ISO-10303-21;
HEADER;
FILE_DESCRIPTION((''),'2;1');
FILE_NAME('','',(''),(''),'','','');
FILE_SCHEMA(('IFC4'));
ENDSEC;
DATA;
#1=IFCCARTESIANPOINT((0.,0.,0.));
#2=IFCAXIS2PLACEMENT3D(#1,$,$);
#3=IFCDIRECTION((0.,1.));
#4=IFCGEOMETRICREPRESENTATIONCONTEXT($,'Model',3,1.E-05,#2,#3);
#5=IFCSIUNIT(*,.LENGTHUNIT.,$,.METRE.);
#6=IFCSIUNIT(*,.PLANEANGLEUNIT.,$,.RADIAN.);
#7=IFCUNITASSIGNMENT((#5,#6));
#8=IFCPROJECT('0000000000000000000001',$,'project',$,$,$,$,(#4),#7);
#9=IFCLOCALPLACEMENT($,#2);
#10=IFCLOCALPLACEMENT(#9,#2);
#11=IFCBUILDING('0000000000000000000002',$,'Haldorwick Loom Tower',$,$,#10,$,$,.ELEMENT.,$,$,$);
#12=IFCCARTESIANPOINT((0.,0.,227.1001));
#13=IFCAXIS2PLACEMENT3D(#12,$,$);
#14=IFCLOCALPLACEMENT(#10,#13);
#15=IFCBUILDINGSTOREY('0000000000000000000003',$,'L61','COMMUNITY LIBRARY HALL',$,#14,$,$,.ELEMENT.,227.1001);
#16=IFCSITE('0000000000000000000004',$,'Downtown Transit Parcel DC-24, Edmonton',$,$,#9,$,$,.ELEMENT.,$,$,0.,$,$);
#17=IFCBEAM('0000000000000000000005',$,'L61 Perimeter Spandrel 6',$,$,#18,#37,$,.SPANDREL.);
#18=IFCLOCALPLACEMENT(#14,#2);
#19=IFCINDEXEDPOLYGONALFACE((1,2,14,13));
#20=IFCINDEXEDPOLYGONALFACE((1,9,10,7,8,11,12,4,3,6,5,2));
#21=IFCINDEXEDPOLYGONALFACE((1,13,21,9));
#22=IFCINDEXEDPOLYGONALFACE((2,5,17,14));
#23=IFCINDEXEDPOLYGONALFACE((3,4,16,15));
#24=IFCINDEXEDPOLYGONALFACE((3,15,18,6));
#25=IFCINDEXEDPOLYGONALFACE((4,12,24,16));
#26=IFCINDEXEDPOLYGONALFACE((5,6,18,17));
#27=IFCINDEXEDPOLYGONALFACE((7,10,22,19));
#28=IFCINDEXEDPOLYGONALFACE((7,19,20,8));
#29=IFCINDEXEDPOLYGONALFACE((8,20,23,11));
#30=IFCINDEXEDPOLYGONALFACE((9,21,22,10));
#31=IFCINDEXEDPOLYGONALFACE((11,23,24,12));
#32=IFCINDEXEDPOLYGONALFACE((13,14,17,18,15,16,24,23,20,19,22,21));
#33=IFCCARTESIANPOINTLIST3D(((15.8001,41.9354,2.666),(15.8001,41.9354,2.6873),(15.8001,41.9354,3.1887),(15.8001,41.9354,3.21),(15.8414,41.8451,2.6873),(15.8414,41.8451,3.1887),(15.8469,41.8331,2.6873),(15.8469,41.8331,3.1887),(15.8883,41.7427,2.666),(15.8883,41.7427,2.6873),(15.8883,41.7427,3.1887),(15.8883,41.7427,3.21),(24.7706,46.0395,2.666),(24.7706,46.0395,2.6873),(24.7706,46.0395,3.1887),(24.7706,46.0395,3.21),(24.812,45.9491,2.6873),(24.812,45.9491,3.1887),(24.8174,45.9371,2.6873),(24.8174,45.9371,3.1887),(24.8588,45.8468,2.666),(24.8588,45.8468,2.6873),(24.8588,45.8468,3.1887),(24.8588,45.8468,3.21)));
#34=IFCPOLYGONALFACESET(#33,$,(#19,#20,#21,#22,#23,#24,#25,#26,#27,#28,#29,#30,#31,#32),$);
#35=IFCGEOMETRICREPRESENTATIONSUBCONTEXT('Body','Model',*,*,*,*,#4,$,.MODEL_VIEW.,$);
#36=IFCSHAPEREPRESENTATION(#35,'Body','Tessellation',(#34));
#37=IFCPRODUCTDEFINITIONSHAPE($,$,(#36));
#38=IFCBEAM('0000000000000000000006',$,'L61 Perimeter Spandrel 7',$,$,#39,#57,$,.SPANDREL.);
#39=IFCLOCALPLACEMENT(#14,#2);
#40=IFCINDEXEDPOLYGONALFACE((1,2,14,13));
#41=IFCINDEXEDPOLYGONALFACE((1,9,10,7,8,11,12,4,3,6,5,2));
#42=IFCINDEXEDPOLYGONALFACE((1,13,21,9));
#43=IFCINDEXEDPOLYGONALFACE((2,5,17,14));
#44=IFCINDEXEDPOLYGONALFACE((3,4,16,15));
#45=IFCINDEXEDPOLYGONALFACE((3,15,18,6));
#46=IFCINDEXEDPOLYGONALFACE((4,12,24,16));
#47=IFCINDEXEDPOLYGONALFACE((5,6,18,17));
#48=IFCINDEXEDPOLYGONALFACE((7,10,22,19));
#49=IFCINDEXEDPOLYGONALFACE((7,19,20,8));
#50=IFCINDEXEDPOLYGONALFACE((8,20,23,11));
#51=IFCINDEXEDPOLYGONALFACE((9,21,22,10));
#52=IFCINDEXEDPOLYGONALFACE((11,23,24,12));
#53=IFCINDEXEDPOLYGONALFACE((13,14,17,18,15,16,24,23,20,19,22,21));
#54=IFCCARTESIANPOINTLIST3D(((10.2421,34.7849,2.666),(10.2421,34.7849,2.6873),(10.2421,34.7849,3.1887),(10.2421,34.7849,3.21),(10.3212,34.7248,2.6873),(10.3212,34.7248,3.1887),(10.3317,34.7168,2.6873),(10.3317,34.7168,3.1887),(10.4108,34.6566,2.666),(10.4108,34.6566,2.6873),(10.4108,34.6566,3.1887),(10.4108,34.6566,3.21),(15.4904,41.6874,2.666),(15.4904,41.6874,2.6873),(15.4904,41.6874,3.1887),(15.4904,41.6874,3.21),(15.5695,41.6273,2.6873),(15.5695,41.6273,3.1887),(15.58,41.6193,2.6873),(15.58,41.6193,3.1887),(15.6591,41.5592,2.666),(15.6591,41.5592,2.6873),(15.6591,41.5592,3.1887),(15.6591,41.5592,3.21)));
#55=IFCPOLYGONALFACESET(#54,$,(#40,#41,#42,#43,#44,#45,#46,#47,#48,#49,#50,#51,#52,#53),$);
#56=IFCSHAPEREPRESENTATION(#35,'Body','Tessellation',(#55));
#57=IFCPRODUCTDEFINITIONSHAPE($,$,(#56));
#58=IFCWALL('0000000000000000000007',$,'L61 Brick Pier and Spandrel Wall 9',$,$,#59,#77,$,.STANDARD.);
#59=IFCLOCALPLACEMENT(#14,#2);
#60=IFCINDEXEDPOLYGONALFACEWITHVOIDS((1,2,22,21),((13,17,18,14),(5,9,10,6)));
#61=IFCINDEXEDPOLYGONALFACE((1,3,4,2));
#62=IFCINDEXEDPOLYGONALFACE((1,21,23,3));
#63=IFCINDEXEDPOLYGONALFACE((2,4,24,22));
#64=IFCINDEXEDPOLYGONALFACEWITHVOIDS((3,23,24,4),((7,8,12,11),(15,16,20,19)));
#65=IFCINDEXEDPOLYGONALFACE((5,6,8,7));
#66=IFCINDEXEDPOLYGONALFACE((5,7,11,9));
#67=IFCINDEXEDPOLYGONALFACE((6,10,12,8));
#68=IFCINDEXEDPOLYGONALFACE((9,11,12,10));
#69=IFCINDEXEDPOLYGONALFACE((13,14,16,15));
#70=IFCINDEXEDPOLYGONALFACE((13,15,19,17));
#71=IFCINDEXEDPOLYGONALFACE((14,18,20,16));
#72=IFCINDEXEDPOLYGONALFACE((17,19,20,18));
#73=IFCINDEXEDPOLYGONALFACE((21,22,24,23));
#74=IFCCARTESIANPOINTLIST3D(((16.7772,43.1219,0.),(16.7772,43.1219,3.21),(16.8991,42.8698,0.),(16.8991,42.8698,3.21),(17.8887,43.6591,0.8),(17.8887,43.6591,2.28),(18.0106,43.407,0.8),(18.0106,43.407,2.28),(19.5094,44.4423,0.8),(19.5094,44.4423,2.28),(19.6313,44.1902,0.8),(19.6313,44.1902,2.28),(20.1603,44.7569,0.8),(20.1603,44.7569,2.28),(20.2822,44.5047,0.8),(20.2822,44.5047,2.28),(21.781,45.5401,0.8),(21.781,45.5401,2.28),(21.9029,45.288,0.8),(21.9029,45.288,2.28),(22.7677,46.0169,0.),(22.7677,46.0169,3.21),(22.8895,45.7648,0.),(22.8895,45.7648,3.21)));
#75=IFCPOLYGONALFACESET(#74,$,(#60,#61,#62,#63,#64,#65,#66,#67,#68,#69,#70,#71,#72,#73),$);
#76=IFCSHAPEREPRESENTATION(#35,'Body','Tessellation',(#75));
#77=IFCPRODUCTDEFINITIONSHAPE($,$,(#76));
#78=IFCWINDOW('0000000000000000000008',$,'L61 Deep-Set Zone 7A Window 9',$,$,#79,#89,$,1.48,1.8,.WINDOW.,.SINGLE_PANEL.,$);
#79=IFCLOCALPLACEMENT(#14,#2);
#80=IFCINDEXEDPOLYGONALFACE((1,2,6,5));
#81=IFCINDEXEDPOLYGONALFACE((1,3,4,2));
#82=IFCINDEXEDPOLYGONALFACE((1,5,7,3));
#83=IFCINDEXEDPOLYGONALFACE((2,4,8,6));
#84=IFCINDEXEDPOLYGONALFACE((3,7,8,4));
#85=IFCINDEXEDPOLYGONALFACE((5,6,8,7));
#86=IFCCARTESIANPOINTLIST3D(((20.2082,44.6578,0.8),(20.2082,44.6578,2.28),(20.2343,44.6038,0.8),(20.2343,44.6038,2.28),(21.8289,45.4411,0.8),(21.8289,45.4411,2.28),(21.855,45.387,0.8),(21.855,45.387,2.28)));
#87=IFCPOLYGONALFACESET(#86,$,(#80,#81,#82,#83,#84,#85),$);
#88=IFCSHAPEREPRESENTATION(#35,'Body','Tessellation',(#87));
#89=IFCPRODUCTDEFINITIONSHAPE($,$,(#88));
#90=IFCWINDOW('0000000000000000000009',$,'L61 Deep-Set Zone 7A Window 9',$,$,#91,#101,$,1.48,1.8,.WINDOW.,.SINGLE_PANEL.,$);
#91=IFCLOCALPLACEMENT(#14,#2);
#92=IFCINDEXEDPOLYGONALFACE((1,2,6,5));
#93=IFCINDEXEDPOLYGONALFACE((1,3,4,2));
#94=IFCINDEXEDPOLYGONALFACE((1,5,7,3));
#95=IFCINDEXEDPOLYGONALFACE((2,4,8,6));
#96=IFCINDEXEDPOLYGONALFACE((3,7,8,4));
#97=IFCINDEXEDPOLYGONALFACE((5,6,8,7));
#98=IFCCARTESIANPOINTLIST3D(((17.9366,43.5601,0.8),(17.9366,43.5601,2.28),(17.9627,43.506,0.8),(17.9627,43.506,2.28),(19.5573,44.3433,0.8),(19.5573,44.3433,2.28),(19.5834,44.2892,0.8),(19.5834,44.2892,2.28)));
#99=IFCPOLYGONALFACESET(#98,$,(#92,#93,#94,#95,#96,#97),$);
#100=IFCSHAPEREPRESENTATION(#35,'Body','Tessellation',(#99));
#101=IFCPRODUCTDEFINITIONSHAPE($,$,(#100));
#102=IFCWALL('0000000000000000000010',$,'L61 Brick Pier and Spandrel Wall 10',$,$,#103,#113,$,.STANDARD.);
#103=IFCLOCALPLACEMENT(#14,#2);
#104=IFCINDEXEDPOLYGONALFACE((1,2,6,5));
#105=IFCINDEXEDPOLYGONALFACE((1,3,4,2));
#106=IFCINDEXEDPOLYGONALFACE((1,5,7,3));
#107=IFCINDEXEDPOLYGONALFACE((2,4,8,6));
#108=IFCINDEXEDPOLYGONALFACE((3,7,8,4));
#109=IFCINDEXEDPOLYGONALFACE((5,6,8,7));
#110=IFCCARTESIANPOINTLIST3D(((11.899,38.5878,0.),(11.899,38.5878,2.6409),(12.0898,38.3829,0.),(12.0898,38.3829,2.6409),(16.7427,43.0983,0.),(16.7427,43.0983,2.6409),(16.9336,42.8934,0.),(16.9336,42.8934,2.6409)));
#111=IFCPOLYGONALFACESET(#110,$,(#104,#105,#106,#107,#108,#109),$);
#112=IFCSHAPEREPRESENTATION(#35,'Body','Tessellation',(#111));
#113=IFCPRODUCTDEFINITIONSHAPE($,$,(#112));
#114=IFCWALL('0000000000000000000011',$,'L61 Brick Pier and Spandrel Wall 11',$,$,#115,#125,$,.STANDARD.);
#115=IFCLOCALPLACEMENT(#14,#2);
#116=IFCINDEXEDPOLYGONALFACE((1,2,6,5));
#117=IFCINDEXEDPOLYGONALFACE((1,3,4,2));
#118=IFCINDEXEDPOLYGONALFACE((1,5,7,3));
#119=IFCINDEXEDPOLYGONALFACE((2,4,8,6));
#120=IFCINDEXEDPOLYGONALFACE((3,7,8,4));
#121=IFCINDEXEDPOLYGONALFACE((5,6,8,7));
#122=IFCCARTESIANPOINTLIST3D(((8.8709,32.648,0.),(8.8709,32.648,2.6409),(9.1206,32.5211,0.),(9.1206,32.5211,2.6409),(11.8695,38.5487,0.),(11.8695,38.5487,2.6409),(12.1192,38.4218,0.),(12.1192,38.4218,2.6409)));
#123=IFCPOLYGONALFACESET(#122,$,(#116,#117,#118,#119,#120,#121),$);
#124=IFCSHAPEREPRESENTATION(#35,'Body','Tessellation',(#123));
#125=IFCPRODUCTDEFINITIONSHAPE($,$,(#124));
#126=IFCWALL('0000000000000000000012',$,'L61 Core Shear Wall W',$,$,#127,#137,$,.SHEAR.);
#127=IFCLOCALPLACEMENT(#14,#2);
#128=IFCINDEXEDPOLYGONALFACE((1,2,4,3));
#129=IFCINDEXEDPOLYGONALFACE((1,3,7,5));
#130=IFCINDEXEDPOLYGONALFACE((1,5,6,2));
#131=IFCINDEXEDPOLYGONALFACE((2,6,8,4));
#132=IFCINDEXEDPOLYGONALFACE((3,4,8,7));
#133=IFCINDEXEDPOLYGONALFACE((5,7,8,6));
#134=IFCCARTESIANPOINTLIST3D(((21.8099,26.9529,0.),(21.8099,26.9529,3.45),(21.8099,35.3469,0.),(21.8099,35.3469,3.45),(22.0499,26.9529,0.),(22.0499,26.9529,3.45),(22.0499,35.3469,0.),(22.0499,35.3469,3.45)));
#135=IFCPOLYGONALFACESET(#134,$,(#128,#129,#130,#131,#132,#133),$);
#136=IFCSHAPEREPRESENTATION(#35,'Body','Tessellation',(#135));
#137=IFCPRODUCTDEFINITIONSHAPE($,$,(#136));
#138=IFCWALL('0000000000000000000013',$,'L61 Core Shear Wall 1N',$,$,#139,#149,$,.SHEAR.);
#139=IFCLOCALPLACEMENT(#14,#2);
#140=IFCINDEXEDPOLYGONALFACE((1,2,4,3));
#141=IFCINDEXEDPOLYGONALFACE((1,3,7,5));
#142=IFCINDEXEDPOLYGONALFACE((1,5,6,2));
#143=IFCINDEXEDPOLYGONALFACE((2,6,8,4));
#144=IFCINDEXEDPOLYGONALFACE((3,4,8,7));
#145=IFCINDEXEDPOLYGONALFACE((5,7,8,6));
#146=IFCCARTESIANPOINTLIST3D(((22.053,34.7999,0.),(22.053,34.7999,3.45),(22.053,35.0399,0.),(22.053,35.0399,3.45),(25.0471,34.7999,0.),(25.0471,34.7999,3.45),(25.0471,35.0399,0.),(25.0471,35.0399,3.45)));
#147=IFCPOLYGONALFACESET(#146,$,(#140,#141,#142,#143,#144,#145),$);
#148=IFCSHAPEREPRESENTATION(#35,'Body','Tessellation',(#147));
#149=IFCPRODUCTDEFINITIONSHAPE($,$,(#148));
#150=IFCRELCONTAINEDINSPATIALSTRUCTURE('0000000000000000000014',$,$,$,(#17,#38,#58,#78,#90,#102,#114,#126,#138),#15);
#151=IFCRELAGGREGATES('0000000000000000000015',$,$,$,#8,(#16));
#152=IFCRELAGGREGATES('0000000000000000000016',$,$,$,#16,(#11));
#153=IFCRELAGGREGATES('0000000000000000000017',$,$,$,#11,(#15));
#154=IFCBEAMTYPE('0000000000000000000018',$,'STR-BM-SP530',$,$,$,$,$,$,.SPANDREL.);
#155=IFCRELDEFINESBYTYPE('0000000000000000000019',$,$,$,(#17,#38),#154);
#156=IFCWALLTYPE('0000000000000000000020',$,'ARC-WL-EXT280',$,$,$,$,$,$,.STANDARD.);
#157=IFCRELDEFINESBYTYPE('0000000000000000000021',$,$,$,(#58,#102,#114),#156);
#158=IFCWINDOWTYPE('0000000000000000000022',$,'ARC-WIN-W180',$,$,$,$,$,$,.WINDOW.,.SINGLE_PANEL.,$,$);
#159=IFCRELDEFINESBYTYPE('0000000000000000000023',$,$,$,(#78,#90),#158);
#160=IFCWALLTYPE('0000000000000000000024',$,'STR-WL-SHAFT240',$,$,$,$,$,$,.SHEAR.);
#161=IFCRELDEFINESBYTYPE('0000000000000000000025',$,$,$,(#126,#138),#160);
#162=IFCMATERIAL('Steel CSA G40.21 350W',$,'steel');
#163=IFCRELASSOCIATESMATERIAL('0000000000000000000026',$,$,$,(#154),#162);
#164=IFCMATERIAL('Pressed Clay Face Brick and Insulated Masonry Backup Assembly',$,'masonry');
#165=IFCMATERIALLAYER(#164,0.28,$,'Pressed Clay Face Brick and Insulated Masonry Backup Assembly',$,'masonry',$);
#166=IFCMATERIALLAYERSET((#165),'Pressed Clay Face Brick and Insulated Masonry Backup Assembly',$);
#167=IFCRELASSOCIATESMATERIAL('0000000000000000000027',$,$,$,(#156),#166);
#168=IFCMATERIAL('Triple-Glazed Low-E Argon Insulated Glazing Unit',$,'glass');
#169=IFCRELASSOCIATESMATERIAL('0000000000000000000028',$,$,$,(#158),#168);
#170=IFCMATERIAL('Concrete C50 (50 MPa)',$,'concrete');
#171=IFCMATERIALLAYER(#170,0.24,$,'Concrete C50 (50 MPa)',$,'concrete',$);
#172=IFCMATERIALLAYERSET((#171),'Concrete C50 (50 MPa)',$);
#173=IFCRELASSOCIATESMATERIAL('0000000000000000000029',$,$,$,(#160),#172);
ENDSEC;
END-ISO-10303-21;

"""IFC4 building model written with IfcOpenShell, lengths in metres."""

from ifc_helpers import new_model, si_unit, direction, frame, frame_2d, origin, origin_2d, place, context, subcontext, project, spatial, rectangle, i_section, extrude, material, layer, layer_set, material_profile, profile_set, type_object, element, fill, save


model = new_model("IFC4")

# Units and contexts
model_context = context("Model", 3, precision=1e-05, world=origin(), true_north=direction((0.0, 1.0)))
body_context = subcontext(model_context, "Body", "Model", "MODEL_VIEW")
ifc_project = project(units=[si_unit("LENGTHUNIT", "METRE"), si_unit("PLANEANGLEUNIT", "RADIAN")], contexts=[model_context])

# Site, building, storey
site_placement = place(None, origin())
site = spatial("IfcSite", under=ifc_project, at=site_placement, Name="Downtown Transit Parcel DC-24, Edmonton", CompositionType="ELEMENT", RefElevation=0.0)
building_placement = place(site_placement, origin())
building = spatial("IfcBuilding", under=site, at=building_placement, Name="Haldorwick Loom Tower", CompositionType="ELEMENT")
storey_placement = place(building_placement, frame((0.0, 0.0, 227.1001)))
storey = spatial("IfcBuildingStorey", under=building, at=storey_placement, Name="L61", Description="COMMUNITY LIBRARY HALL", CompositionType="ELEMENT", Elevation=227.1001)

# Shared definitions
ifc_material_1 = material(Name="Steel CSA G40.21 350W", Category="steel")

# Beams
ifc_material_2 = material(Name="Concrete C50 (50 MPa)", Category="concrete")
ifc_material_profile_1 = material_profile(ifc_material_1, i_section(OverallWidth=0.2119, OverallDepth=0.5439, WebThickness=0.0132, FlangeThickness=0.0212, at=origin_2d()), Name="W530X123", Category="steel")
ifc_profile_set_1 = profile_set([ifc_material_profile_1], Name="Steel CSA G40.21 350W")
beam_type_1 = type_object("IfcBeamType", Name="STR-BM-SP530", PredefinedType="SPANDREL", material=ifc_profile_set_1)
beam_1_placement = place(storey_placement, frame((24.8147, 45.9431, 2.938), z_axis=(-0.909351, -0.41603, 0.0), x_axis=(0.41603, -0.909351, 0.0)))
element("IfcBeam", 1, at=beam_1_placement, inside=storey, type_object=beam_type_1, Name="L61 Perimeter Spandrel 6", PredefinedType="SPANDREL", context=body_context, shape_type="SweptSolid", body=[
    extrude(i_section(OverallWidth=0.2119, OverallDepth=0.5439, WebThickness=0.0132, FlangeThickness=0.0212, at=origin_2d()), origin(), (0.0, 0.0, 1.0), 9.8647),
])
beam_2_placement = place(storey_placement, frame((15.5747, 41.6233, 2.938), z_axis=(-0.605253, -0.796033, 0.0), x_axis=(0.796033, -0.605253, 0.0)))
element("IfcBeam", 2, at=beam_2_placement, inside=storey, type_object=beam_type_1, Name="L61 Perimeter Spandrel 7", PredefinedType="SPANDREL", context=body_context, shape_type="SweptSolid", body=[
    extrude(i_section(OverallWidth=0.2119, OverallDepth=0.5439, WebThickness=0.0132, FlangeThickness=0.0212, at=origin_2d()), origin(), (0.0, 0.0, 1.0), 8.6711),
])

# Wall, openings, windows
ifc_material_3 = material(Name="Pressed Clay Face Brick and Insulated Masonry Backup Assembly", Category="masonry")
ifc_layer_1 = layer(ifc_material_3, 0.28, Name="Pressed Clay Face Brick and Insulated Masonry Backup Assembly", Category="masonry")
ifc_layer_set_1 = layer_set([ifc_layer_1], Name="Pressed Clay Face Brick and Insulated Masonry Backup Assembly")
wall_type_1 = type_object("IfcWallType", Name="ARC-WL-EXT280", PredefinedType="STANDARD", material=ifc_layer_set_1)
wall_1_placement = place(storey_placement, frame((22.8286, 45.8909, 0.0), z_axis=(0.0, 0.0, 1.0), x_axis=(-0.900371, -0.435123, 0.0)))
wall_1 = element("IfcWall", 3, at=wall_1_placement, inside=storey, type_object=wall_type_1, Name="L61 Brick Pier and Spandrel Wall 9", PredefinedType="STANDARD", context=body_context, shape_type="SweptSolid", body=[
    extrude(rectangle(XDim=6.6533, YDim=0.28, at=frame_2d((3.3267, 0.0))), origin(), (0.0, 0.0, 1.0), 3.21),
])
opening_1_placement = place(wall_1_placement, frame((1.0959, 0.0, 0.8)))
opening_1 = element("IfcOpeningElement", 4, at=opening_1_placement, cuts=wall_1, PredefinedType="OPENING", context=body_context, shape_type="SweptSolid", body=[
    extrude(rectangle(XDim=1.8, YDim=1.48, at=frame_2d((0.8999, 0.74))), frame((0.0, 0.1499, 0.0), z_axis=(0.0, -1.0, 0.0), x_axis=(1.0, 0.0, 0.0)), (0.0, 0.0, 1.0), 0.3),
])
opening_2_placement = place(wall_1_placement, frame((3.6189, 0.0, 0.8)))
opening_2 = element("IfcOpeningElement", 5, at=opening_2_placement, cuts=wall_1, PredefinedType="OPENING", context=body_context, shape_type="SweptSolid", body=[
    extrude(rectangle(XDim=1.8, YDim=1.48, at=frame_2d((0.8999, 0.74))), frame((0.0, 0.1499, 0.0), z_axis=(0.0, -1.0, 0.0), x_axis=(1.0, 0.0, 0.0)), (0.0, 0.0, 1.0), 0.3),
])
ifc_material_4 = material(Name="Triple-Glazed Low-E Argon Insulated Glazing Unit", Category="glass")
window_type = type_object("IfcWindowType", Name="ARC-WIN-W180", PartitioningType="SINGLE_PANEL", PredefinedType="WINDOW", material=ifc_material_4)
window_1_placement = place(opening_1_placement, origin())
window_1 = element("IfcWindow", 6, at=window_1_placement, inside=storey, type_object=window_type, Name="L61 Deep-Set Zone 7A Window 9", OverallHeight=1.48, OverallWidth=1.8, PartitioningType="SINGLE_PANEL", PredefinedType="WINDOW", context=body_context, shape_type="SweptSolid", body=[
    extrude(rectangle(XDim=1.8, YDim=1.48, at=frame_2d((0.8999, 0.74))), frame((0.0, 0.03, 0.0), z_axis=(0.0, -1.0, 0.0), x_axis=(1.0, 0.0, 0.0)), (0.0, 0.0, 1.0), 0.0601),
])
fill(opening_1, window_1)
window_2_placement = place(opening_2_placement, origin())
window_2 = element("IfcWindow", 7, at=window_2_placement, inside=storey, type_object=window_type, Name="L61 Deep-Set Zone 7A Window 9", OverallHeight=1.48, OverallWidth=1.8, PartitioningType="SINGLE_PANEL", PredefinedType="WINDOW", context=body_context, shape_type="SweptSolid", body=[
    extrude(rectangle(XDim=1.8, YDim=1.48, at=frame_2d((0.8999, 0.74))), frame((0.0, 0.03, 0.0), z_axis=(0.0, -1.0, 0.0), x_axis=(1.0, 0.0, 0.0)), (0.0, 0.0, 1.0), 0.0601),
])
fill(opening_2, window_2)

# Walls
wall_2_placement = place(storey_placement, frame((16.8381, 42.9958, 0.0), z_axis=(0.0, 0.0, 1.0), x_axis=(-0.731834, -0.681483, 0.0)))
element("IfcWall", 8, at=wall_2_placement, inside=storey, type_object=wall_type_1, Name="L61 Brick Pier and Spandrel Wall 10", PredefinedType="STANDARD", context=body_context, shape_type="SweptSolid", body=[
    extrude(rectangle(XDim=6.6187, YDim=0.28, at=frame_2d((3.3093, 0.0))), origin(), (0.0, 0.0, 1.0), 2.6409),
])
wall_3_placement = place(storey_placement, frame((11.9944, 38.4854, 0.0), z_axis=(0.0, 0.0, 1.0), x_axis=(-0.453032, -0.891494, 0.0)))
element("IfcWall", 9, at=wall_3_placement, inside=storey, type_object=wall_type_1, Name="L61 Brick Pier and Spandrel Wall 11", PredefinedType="STANDARD", context=body_context, shape_type="SweptSolid", body=[
    extrude(rectangle(XDim=6.6189, YDim=0.28, at=frame_2d((3.3096, 0.0))), origin(), (0.0, 0.0, 1.0), 2.6409),
])
ifc_layer_2 = layer(ifc_material_2, 0.24, Name="Concrete C50 (50 MPa)", Category="concrete")
ifc_layer_set_2 = layer_set([ifc_layer_2], Name="Concrete C50 (50 MPa)")
wall_type_2 = type_object("IfcWallType", Name="STR-WL-SHAFT240", PredefinedType="SHEAR", material=ifc_layer_set_2)
wall_4_placement = place(storey_placement, frame((21.9299, 35.3469, 0.0), z_axis=(0.0, 0.0, 1.0), x_axis=(0.0, -1.0, 0.0)))
element("IfcWall", 10, at=wall_4_placement, inside=storey, type_object=wall_type_2, Name="L61 Core Shear Wall W", PredefinedType="SHEAR", context=body_context, shape_type="SweptSolid", body=[
    extrude(rectangle(XDim=8.394, YDim=0.24, at=frame_2d((4.197, 0.0))), origin(), (0.0, 0.0, 1.0), 3.45),
])
wall_5_placement = place(storey_placement, frame((22.053, 34.9199, 0.0), z_axis=(0.0, 0.0, 1.0), x_axis=(1.0, 0.0, 0.0)))
element("IfcWall", 11, at=wall_5_placement, inside=storey, type_object=wall_type_2, Name="L61 Core Shear Wall 1N", PredefinedType="SHEAR", context=body_context, shape_type="SweptSolid", body=[
    extrude(rectangle(XDim=2.9941, YDim=0.24, at=frame_2d((1.4971, 0.0))), origin(), (0.0, 0.0, 1.0), 3.45),
])

save(model, "model.ifc")
